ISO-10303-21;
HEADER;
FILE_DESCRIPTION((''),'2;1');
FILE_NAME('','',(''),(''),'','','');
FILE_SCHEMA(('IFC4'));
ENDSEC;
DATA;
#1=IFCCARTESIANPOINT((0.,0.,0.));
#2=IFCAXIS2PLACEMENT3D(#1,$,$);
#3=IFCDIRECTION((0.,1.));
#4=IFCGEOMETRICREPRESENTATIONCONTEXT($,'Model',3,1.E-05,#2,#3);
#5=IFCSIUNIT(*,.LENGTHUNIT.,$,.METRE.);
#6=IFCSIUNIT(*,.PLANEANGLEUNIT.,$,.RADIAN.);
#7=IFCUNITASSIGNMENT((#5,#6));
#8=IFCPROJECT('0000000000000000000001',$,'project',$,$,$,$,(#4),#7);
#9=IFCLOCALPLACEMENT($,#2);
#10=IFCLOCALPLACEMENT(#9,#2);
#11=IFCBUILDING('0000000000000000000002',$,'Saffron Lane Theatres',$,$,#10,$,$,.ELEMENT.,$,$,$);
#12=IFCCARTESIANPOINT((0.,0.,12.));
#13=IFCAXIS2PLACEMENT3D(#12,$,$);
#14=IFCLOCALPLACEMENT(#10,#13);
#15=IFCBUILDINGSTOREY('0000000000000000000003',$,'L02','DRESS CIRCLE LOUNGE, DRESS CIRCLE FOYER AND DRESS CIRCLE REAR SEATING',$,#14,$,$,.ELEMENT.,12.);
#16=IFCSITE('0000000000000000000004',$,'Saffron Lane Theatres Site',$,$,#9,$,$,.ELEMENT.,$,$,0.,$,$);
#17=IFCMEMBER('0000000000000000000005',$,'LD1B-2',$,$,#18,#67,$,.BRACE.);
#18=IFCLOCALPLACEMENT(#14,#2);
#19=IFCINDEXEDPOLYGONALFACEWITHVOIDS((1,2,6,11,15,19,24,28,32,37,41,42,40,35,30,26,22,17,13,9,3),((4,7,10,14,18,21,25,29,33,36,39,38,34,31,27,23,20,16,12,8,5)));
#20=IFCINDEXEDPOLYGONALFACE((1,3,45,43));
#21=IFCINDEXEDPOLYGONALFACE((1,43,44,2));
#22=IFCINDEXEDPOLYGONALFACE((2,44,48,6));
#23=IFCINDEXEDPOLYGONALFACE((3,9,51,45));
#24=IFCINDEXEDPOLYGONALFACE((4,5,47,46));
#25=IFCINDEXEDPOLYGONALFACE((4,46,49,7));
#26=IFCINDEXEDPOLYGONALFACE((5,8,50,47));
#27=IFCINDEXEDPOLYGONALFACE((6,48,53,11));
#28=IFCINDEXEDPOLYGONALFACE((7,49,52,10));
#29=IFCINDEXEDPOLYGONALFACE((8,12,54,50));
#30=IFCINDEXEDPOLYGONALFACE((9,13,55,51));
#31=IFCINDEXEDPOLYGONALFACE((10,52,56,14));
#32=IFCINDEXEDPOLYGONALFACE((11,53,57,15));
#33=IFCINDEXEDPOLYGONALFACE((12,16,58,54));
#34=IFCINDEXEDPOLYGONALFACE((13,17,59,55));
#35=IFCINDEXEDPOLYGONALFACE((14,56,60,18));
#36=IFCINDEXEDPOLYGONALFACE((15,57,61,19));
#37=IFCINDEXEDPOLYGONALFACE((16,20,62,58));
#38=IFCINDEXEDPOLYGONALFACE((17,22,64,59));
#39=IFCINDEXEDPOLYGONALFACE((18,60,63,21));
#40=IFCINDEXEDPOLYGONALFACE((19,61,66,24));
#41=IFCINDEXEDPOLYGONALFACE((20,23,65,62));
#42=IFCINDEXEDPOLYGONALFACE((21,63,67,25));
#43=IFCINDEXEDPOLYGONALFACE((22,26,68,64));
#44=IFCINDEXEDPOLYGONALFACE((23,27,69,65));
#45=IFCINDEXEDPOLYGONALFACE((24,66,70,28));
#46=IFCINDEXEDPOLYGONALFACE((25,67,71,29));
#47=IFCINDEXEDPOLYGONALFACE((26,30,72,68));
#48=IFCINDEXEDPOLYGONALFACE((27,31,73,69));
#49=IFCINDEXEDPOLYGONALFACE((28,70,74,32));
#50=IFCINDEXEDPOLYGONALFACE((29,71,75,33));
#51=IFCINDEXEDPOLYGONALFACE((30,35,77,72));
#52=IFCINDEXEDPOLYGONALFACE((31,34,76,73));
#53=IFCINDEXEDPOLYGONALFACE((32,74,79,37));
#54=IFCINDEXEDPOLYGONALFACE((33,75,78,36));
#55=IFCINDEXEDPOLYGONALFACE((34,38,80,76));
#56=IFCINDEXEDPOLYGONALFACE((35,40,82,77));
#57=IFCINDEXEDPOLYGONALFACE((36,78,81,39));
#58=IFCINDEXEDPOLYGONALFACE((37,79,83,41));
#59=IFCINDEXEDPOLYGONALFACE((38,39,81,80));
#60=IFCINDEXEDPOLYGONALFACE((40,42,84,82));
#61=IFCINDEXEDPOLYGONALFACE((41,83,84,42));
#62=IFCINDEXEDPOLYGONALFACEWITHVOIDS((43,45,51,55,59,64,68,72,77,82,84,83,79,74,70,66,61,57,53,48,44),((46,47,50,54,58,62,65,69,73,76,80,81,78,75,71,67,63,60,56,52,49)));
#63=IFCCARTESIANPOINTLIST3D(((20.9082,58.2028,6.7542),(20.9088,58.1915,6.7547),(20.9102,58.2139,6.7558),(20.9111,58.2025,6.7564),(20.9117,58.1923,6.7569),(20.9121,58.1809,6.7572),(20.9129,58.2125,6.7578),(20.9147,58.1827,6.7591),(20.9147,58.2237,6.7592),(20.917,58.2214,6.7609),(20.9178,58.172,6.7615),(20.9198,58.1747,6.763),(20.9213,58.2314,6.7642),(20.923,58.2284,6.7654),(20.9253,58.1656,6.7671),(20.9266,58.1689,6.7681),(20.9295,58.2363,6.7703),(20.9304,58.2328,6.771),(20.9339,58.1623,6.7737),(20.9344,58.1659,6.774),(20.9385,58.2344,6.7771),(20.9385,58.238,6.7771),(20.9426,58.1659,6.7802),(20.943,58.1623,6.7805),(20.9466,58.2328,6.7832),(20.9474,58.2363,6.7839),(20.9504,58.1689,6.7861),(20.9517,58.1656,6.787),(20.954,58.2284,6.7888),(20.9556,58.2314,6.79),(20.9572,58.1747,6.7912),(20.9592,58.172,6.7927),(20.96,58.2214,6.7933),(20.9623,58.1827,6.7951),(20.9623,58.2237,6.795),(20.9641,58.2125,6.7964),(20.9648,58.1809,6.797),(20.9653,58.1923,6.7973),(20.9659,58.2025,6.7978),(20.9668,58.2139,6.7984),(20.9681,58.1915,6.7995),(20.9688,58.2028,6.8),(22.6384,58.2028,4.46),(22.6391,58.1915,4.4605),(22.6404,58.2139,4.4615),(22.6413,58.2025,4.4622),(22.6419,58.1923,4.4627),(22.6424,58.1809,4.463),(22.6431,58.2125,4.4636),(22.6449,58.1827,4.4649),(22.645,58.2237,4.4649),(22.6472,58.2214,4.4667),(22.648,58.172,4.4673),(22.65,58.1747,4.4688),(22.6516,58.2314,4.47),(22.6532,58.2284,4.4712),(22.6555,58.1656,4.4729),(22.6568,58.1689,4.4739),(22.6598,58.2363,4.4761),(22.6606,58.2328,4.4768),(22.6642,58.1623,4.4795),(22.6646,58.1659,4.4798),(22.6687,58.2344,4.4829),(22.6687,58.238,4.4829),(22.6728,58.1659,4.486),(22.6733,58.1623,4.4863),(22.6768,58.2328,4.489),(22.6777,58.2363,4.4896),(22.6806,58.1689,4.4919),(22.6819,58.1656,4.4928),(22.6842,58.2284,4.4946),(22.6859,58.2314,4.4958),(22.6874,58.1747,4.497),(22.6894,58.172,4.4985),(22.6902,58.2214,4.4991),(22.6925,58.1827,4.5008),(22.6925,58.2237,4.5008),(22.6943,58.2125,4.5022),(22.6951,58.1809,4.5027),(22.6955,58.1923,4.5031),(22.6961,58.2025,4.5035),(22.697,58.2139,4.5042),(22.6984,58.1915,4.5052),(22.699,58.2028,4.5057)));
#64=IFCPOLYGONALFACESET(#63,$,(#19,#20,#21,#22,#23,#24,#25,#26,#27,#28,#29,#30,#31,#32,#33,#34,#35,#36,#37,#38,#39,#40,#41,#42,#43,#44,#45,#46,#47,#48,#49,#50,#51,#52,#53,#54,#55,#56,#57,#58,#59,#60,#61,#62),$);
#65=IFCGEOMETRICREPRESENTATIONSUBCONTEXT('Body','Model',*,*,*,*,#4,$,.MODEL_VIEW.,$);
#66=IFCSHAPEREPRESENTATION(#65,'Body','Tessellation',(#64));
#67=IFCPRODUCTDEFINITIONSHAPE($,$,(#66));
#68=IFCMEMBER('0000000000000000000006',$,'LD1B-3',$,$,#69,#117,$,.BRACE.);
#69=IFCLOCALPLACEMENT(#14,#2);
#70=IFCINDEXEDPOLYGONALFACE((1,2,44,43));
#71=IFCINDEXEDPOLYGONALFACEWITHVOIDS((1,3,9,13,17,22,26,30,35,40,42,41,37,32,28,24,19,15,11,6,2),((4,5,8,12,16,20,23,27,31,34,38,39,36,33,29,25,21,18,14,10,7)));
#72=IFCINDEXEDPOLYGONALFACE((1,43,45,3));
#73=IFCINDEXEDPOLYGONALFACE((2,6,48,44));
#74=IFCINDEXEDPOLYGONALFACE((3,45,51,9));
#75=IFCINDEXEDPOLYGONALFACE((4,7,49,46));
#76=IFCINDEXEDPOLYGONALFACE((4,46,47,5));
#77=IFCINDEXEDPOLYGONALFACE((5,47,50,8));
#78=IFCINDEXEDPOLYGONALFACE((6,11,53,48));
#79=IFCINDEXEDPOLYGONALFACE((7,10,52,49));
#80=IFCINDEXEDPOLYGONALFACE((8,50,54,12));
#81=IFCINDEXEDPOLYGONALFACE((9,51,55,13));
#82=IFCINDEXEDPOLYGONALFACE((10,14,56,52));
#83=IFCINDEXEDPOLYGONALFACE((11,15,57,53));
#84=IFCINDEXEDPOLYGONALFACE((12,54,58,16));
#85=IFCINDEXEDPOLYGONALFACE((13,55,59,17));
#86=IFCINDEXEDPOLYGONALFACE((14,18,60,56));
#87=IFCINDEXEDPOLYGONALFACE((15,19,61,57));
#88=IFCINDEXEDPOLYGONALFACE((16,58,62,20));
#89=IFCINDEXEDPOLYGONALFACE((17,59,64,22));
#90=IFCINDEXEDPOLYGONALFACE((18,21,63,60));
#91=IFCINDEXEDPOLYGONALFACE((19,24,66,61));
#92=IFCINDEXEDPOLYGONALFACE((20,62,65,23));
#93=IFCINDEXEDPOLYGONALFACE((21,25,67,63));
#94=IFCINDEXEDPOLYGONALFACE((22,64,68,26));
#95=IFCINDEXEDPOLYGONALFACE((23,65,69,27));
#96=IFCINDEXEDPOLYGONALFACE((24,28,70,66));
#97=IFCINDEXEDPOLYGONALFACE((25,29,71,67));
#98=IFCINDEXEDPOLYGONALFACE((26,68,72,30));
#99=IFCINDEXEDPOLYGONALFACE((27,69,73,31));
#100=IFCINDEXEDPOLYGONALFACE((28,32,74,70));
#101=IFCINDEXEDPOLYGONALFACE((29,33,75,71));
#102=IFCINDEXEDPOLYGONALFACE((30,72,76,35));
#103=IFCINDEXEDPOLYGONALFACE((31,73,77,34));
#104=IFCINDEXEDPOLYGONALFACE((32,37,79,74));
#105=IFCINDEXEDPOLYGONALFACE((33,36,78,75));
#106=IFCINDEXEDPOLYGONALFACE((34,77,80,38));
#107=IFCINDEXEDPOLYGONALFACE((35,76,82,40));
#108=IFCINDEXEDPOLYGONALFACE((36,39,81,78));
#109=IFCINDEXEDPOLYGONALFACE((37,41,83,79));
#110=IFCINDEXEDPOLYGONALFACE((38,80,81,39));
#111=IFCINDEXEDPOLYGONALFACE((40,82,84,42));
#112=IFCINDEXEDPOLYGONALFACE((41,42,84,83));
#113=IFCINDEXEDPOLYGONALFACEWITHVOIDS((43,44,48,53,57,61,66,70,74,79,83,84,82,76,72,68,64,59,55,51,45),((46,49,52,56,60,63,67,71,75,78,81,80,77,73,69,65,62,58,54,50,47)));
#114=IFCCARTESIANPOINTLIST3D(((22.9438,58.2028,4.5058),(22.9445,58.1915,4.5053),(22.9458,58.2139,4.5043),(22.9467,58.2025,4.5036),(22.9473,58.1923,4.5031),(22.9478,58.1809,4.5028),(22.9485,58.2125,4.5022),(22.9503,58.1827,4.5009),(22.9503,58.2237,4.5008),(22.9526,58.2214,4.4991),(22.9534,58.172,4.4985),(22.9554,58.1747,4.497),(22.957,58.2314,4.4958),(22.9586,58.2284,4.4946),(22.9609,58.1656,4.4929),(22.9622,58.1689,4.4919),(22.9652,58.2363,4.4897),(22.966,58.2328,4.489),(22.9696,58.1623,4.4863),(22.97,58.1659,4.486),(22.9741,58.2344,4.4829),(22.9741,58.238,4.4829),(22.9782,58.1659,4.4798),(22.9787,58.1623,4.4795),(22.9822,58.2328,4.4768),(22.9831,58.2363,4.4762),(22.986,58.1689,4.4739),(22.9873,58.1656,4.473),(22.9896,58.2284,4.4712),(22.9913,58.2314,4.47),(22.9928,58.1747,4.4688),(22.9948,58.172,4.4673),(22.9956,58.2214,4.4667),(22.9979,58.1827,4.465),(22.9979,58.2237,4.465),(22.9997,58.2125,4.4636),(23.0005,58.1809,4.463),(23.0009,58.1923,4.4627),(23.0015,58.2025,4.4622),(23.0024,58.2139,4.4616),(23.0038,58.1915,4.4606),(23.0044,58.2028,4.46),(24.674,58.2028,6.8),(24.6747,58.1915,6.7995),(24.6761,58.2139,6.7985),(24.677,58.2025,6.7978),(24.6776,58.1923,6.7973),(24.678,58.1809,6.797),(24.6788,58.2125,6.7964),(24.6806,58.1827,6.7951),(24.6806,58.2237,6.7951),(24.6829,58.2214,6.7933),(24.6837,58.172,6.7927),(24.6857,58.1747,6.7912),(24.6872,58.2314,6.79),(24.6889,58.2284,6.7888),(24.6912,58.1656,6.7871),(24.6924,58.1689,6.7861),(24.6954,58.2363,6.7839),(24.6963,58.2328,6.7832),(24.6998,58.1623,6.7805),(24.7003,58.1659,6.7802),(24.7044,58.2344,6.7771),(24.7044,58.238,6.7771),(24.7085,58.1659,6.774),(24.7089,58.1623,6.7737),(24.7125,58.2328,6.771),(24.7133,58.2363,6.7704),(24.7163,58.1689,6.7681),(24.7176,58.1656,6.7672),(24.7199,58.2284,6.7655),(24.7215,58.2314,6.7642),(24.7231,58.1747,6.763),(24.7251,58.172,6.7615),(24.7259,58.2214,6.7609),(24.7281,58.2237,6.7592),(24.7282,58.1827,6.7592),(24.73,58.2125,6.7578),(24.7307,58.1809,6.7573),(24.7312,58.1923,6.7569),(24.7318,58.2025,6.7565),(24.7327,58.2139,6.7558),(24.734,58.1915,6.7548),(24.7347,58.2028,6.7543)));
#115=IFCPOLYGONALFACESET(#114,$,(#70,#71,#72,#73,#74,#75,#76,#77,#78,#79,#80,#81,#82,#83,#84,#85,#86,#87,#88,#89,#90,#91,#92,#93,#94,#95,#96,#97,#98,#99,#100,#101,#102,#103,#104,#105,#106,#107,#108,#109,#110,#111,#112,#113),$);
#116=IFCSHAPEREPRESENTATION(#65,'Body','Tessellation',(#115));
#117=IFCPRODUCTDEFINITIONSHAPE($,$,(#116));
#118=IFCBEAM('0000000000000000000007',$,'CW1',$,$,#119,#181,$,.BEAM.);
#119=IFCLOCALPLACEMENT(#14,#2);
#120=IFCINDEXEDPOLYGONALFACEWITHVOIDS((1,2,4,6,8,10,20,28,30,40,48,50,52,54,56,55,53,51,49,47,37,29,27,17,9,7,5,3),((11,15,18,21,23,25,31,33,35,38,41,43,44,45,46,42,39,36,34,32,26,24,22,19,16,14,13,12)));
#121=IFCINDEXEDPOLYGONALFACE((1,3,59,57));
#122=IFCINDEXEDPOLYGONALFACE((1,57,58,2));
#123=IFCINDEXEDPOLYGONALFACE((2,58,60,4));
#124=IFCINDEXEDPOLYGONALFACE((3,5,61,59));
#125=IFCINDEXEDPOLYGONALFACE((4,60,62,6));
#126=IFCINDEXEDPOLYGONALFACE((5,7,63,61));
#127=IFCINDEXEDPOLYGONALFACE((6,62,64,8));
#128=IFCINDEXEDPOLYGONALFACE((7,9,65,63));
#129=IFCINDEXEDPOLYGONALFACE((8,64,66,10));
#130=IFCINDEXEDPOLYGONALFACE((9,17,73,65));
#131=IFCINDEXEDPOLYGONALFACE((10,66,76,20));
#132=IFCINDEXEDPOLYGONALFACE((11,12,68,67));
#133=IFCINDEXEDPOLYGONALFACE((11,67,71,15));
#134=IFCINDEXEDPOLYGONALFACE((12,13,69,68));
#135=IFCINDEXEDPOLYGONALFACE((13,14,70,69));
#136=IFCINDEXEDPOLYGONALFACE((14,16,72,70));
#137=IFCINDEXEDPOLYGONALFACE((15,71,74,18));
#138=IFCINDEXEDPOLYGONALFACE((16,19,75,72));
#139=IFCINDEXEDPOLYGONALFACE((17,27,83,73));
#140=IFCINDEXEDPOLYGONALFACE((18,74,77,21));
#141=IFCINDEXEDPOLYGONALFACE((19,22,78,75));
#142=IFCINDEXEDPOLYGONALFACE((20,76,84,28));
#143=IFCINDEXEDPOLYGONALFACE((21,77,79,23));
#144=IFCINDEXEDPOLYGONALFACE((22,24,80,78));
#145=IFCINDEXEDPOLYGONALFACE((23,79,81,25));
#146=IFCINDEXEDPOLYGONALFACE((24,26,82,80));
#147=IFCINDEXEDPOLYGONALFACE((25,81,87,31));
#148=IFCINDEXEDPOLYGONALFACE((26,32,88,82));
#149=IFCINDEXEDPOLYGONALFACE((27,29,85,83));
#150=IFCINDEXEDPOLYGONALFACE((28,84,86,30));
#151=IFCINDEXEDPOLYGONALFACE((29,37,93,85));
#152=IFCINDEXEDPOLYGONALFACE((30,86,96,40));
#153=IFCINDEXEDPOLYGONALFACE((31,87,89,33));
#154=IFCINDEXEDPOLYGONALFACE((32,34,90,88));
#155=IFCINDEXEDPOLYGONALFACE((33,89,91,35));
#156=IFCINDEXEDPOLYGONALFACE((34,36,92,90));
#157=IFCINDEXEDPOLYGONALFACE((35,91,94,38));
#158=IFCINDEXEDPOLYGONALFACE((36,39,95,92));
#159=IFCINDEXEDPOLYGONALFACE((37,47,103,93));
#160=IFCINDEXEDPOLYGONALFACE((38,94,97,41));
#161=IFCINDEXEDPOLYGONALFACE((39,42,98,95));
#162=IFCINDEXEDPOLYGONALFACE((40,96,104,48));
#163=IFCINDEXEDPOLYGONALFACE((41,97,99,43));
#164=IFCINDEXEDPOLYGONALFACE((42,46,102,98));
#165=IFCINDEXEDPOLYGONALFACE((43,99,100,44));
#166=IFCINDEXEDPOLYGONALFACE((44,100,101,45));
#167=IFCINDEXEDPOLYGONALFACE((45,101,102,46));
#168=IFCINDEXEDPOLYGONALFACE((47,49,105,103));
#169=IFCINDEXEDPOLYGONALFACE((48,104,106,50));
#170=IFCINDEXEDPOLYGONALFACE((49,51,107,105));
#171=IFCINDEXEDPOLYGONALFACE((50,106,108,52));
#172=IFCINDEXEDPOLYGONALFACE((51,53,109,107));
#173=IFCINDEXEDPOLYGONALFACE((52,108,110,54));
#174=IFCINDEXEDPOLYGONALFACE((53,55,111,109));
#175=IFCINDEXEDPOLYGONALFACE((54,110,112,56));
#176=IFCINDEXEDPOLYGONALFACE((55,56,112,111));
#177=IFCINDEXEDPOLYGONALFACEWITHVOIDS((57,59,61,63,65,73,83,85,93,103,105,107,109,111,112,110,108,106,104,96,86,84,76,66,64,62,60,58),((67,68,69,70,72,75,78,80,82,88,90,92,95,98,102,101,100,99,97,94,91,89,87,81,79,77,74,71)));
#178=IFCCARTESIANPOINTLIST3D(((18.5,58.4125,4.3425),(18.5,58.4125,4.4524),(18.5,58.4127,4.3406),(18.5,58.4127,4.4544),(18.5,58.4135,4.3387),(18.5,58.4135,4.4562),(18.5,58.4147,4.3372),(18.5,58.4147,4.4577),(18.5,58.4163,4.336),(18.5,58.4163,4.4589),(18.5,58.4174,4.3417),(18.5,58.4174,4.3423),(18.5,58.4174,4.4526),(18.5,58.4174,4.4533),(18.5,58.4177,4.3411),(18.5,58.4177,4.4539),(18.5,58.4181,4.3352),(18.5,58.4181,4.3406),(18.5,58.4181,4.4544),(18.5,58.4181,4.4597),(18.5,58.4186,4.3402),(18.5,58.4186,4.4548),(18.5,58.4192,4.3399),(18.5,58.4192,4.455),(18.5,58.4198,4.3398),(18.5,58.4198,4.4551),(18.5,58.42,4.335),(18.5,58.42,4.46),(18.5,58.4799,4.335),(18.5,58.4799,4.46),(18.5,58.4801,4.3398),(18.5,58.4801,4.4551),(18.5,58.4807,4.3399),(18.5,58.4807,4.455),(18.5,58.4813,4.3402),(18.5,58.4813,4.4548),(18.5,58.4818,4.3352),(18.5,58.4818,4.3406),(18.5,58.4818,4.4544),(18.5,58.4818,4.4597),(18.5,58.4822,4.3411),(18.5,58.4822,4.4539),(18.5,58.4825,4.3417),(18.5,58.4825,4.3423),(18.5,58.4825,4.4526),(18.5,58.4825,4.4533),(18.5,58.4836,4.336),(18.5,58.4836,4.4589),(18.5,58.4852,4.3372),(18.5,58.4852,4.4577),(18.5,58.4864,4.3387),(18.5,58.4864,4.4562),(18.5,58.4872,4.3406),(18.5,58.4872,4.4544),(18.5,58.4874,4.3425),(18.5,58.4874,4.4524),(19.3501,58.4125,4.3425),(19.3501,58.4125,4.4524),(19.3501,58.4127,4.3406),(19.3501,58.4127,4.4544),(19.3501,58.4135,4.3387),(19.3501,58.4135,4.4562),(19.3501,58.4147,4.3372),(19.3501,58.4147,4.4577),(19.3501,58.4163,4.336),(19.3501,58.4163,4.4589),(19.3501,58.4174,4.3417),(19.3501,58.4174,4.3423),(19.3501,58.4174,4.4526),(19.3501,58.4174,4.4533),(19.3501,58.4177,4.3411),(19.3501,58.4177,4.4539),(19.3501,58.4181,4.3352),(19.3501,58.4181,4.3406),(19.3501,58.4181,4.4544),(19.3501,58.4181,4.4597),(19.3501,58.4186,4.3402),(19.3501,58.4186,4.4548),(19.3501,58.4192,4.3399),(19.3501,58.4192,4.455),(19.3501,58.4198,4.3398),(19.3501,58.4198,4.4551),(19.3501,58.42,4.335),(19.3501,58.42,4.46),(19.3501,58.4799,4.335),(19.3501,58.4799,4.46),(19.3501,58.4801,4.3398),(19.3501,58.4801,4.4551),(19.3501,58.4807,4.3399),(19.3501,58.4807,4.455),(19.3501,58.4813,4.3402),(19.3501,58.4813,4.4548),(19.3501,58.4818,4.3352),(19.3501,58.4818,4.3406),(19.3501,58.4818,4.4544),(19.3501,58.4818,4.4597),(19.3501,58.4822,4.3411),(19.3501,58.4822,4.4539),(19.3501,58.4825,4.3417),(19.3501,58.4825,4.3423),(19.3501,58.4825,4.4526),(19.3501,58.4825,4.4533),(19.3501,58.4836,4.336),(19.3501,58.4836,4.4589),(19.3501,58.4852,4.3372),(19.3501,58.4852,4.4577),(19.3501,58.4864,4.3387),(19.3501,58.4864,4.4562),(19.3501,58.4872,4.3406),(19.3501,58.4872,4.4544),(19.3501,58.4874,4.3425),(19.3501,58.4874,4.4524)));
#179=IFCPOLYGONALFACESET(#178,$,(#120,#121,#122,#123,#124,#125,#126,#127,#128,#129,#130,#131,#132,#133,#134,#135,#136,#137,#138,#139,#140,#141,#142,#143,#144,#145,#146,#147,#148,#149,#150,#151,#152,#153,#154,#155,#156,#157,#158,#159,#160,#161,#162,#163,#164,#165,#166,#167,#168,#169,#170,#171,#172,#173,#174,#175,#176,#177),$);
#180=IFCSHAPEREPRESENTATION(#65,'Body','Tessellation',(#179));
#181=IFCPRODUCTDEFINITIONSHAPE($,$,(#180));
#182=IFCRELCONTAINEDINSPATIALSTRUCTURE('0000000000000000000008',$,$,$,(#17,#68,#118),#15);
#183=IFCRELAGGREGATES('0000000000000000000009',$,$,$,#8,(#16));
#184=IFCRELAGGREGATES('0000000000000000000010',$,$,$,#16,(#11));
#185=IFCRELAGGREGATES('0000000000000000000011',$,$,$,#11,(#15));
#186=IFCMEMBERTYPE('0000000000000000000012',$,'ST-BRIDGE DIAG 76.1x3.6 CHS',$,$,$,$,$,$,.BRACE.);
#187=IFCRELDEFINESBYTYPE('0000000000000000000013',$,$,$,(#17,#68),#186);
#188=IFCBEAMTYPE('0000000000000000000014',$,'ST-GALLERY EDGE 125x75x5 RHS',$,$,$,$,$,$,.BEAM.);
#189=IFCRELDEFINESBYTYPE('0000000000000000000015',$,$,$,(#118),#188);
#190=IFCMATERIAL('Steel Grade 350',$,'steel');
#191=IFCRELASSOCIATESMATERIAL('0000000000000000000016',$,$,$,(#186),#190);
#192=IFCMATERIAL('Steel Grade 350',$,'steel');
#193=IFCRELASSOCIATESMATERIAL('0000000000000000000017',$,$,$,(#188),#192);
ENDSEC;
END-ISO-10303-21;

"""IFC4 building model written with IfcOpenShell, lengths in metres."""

from ifc_helpers import new_model, si_unit, direction, frame, origin, origin_2d, place, context, subcontext, project, spatial, hollow_rectangle, hollow_circle, extrude, material, material_profile, profile_set, type_object, element, save


model = new_model("IFC4")

# Units and contexts
model_context = context("Model", 3, precision=1e-05, world=origin(), true_north=direction((0.0, 1.0)))
body_context = subcontext(model_context, "Body", "Model", "MODEL_VIEW")
ifc_project = project(units=[si_unit("LENGTHUNIT", "METRE"), si_unit("PLANEANGLEUNIT", "RADIAN")], contexts=[model_context])

# Site, building, storey
site_placement = place(None, origin())
site = spatial("IfcSite", under=ifc_project, at=site_placement, Name="Saffron Lane Theatres Site", CompositionType="ELEMENT", RefElevation=0.0)
building_placement = place(site_placement, origin())
building = spatial("IfcBuilding", under=site, at=building_placement, Name="Saffron Lane Theatres", CompositionType="ELEMENT")
storey_placement = place(building_placement, frame((0.0, 0.0, 12.0)))
storey = spatial("IfcBuildingStorey", under=building, at=storey_placement, Name="L02", Description="DRESS CIRCLE LOUNGE, DRESS CIRCLE FOYER AND DRESS CIRCLE REAR SEATING", CompositionType="ELEMENT", Elevation=12.0)

# Members
ifc_material_1 = material(Name="Steel Grade 350", Category="steel")
ifc_material_profile_1 = material_profile(ifc_material_1, hollow_circle(Radius=0.0381, WallThickness=0.0037, at=origin_2d()))
ifc_profile_set_1 = profile_set([ifc_material_profile_1], Name="Steel Grade 350")
member_type = type_object("IfcMemberType", Name="ST-BRIDGE DIAG 76.1x3.6 CHS", PredefinedType="BRACE", material=ifc_profile_set_1)
for number, where, z_axis, x_axis, name in (
    (1, (20.9385, 58.2, 6.7771), (0.602132, 0.0, -0.798396), (0.0, 1.0, 0.0), "LD1B-2"),
    (2, (22.9741, 58.2, 4.4829), (0.602132, 0.0, 0.798396), (0.0, 1.0, 0.0), "LD1B-3"),
):
    element("IfcMember", number, at=place(storey_placement, frame(where, z_axis=z_axis, x_axis=x_axis)), inside=storey, type_object=member_type, Name=name, PredefinedType="BRACE", context=body_context, shape_type="SweptSolid", body=[
        extrude(hollow_circle(Radius=0.0381, WallThickness=0.0037, at=origin_2d()), origin(), (0.0, 0.0, 1.0), 2.8735),
    ])

# Beam
ifc_material_2 = material(Name="Steel Grade 350", Category="steel")
ifc_material_profile_2 = material_profile(ifc_material_2, hollow_rectangle(XDim=0.075, YDim=0.125, WallThickness=0.0049, InnerFilletRadius=0.0024, OuterFilletRadius=0.0076, at=origin_2d()))
ifc_profile_set_2 = profile_set([ifc_material_profile_2], Name="Steel Grade 350")
beam_type_1 = type_object("IfcBeamType", Name="ST-GALLERY EDGE 125x75x5 RHS", PredefinedType="BEAM", material=ifc_profile_set_2)
for number, where, z_axis, x_axis, name in (
    (3, (18.5, 58.45, 4.3975), (1.0, 0.0, 0.0), (0.0, 1.0, 0.0), "CW1"),
):
    element("IfcBeam", number, at=place(storey_placement, frame(where, z_axis=z_axis, x_axis=x_axis)), inside=storey, type_object=beam_type_1, Name=name, PredefinedType="BEAM", context=body_context, shape_type="SweptSolid", body=[
        extrude(hollow_rectangle(XDim=0.075, YDim=0.125, WallThickness=0.0049, InnerFilletRadius=0.0024, OuterFilletRadius=0.0076, at=origin_2d()), origin(), (0.0, 0.0, 1.0), 0.8501),
    ])

save(model, "model.ifc")
